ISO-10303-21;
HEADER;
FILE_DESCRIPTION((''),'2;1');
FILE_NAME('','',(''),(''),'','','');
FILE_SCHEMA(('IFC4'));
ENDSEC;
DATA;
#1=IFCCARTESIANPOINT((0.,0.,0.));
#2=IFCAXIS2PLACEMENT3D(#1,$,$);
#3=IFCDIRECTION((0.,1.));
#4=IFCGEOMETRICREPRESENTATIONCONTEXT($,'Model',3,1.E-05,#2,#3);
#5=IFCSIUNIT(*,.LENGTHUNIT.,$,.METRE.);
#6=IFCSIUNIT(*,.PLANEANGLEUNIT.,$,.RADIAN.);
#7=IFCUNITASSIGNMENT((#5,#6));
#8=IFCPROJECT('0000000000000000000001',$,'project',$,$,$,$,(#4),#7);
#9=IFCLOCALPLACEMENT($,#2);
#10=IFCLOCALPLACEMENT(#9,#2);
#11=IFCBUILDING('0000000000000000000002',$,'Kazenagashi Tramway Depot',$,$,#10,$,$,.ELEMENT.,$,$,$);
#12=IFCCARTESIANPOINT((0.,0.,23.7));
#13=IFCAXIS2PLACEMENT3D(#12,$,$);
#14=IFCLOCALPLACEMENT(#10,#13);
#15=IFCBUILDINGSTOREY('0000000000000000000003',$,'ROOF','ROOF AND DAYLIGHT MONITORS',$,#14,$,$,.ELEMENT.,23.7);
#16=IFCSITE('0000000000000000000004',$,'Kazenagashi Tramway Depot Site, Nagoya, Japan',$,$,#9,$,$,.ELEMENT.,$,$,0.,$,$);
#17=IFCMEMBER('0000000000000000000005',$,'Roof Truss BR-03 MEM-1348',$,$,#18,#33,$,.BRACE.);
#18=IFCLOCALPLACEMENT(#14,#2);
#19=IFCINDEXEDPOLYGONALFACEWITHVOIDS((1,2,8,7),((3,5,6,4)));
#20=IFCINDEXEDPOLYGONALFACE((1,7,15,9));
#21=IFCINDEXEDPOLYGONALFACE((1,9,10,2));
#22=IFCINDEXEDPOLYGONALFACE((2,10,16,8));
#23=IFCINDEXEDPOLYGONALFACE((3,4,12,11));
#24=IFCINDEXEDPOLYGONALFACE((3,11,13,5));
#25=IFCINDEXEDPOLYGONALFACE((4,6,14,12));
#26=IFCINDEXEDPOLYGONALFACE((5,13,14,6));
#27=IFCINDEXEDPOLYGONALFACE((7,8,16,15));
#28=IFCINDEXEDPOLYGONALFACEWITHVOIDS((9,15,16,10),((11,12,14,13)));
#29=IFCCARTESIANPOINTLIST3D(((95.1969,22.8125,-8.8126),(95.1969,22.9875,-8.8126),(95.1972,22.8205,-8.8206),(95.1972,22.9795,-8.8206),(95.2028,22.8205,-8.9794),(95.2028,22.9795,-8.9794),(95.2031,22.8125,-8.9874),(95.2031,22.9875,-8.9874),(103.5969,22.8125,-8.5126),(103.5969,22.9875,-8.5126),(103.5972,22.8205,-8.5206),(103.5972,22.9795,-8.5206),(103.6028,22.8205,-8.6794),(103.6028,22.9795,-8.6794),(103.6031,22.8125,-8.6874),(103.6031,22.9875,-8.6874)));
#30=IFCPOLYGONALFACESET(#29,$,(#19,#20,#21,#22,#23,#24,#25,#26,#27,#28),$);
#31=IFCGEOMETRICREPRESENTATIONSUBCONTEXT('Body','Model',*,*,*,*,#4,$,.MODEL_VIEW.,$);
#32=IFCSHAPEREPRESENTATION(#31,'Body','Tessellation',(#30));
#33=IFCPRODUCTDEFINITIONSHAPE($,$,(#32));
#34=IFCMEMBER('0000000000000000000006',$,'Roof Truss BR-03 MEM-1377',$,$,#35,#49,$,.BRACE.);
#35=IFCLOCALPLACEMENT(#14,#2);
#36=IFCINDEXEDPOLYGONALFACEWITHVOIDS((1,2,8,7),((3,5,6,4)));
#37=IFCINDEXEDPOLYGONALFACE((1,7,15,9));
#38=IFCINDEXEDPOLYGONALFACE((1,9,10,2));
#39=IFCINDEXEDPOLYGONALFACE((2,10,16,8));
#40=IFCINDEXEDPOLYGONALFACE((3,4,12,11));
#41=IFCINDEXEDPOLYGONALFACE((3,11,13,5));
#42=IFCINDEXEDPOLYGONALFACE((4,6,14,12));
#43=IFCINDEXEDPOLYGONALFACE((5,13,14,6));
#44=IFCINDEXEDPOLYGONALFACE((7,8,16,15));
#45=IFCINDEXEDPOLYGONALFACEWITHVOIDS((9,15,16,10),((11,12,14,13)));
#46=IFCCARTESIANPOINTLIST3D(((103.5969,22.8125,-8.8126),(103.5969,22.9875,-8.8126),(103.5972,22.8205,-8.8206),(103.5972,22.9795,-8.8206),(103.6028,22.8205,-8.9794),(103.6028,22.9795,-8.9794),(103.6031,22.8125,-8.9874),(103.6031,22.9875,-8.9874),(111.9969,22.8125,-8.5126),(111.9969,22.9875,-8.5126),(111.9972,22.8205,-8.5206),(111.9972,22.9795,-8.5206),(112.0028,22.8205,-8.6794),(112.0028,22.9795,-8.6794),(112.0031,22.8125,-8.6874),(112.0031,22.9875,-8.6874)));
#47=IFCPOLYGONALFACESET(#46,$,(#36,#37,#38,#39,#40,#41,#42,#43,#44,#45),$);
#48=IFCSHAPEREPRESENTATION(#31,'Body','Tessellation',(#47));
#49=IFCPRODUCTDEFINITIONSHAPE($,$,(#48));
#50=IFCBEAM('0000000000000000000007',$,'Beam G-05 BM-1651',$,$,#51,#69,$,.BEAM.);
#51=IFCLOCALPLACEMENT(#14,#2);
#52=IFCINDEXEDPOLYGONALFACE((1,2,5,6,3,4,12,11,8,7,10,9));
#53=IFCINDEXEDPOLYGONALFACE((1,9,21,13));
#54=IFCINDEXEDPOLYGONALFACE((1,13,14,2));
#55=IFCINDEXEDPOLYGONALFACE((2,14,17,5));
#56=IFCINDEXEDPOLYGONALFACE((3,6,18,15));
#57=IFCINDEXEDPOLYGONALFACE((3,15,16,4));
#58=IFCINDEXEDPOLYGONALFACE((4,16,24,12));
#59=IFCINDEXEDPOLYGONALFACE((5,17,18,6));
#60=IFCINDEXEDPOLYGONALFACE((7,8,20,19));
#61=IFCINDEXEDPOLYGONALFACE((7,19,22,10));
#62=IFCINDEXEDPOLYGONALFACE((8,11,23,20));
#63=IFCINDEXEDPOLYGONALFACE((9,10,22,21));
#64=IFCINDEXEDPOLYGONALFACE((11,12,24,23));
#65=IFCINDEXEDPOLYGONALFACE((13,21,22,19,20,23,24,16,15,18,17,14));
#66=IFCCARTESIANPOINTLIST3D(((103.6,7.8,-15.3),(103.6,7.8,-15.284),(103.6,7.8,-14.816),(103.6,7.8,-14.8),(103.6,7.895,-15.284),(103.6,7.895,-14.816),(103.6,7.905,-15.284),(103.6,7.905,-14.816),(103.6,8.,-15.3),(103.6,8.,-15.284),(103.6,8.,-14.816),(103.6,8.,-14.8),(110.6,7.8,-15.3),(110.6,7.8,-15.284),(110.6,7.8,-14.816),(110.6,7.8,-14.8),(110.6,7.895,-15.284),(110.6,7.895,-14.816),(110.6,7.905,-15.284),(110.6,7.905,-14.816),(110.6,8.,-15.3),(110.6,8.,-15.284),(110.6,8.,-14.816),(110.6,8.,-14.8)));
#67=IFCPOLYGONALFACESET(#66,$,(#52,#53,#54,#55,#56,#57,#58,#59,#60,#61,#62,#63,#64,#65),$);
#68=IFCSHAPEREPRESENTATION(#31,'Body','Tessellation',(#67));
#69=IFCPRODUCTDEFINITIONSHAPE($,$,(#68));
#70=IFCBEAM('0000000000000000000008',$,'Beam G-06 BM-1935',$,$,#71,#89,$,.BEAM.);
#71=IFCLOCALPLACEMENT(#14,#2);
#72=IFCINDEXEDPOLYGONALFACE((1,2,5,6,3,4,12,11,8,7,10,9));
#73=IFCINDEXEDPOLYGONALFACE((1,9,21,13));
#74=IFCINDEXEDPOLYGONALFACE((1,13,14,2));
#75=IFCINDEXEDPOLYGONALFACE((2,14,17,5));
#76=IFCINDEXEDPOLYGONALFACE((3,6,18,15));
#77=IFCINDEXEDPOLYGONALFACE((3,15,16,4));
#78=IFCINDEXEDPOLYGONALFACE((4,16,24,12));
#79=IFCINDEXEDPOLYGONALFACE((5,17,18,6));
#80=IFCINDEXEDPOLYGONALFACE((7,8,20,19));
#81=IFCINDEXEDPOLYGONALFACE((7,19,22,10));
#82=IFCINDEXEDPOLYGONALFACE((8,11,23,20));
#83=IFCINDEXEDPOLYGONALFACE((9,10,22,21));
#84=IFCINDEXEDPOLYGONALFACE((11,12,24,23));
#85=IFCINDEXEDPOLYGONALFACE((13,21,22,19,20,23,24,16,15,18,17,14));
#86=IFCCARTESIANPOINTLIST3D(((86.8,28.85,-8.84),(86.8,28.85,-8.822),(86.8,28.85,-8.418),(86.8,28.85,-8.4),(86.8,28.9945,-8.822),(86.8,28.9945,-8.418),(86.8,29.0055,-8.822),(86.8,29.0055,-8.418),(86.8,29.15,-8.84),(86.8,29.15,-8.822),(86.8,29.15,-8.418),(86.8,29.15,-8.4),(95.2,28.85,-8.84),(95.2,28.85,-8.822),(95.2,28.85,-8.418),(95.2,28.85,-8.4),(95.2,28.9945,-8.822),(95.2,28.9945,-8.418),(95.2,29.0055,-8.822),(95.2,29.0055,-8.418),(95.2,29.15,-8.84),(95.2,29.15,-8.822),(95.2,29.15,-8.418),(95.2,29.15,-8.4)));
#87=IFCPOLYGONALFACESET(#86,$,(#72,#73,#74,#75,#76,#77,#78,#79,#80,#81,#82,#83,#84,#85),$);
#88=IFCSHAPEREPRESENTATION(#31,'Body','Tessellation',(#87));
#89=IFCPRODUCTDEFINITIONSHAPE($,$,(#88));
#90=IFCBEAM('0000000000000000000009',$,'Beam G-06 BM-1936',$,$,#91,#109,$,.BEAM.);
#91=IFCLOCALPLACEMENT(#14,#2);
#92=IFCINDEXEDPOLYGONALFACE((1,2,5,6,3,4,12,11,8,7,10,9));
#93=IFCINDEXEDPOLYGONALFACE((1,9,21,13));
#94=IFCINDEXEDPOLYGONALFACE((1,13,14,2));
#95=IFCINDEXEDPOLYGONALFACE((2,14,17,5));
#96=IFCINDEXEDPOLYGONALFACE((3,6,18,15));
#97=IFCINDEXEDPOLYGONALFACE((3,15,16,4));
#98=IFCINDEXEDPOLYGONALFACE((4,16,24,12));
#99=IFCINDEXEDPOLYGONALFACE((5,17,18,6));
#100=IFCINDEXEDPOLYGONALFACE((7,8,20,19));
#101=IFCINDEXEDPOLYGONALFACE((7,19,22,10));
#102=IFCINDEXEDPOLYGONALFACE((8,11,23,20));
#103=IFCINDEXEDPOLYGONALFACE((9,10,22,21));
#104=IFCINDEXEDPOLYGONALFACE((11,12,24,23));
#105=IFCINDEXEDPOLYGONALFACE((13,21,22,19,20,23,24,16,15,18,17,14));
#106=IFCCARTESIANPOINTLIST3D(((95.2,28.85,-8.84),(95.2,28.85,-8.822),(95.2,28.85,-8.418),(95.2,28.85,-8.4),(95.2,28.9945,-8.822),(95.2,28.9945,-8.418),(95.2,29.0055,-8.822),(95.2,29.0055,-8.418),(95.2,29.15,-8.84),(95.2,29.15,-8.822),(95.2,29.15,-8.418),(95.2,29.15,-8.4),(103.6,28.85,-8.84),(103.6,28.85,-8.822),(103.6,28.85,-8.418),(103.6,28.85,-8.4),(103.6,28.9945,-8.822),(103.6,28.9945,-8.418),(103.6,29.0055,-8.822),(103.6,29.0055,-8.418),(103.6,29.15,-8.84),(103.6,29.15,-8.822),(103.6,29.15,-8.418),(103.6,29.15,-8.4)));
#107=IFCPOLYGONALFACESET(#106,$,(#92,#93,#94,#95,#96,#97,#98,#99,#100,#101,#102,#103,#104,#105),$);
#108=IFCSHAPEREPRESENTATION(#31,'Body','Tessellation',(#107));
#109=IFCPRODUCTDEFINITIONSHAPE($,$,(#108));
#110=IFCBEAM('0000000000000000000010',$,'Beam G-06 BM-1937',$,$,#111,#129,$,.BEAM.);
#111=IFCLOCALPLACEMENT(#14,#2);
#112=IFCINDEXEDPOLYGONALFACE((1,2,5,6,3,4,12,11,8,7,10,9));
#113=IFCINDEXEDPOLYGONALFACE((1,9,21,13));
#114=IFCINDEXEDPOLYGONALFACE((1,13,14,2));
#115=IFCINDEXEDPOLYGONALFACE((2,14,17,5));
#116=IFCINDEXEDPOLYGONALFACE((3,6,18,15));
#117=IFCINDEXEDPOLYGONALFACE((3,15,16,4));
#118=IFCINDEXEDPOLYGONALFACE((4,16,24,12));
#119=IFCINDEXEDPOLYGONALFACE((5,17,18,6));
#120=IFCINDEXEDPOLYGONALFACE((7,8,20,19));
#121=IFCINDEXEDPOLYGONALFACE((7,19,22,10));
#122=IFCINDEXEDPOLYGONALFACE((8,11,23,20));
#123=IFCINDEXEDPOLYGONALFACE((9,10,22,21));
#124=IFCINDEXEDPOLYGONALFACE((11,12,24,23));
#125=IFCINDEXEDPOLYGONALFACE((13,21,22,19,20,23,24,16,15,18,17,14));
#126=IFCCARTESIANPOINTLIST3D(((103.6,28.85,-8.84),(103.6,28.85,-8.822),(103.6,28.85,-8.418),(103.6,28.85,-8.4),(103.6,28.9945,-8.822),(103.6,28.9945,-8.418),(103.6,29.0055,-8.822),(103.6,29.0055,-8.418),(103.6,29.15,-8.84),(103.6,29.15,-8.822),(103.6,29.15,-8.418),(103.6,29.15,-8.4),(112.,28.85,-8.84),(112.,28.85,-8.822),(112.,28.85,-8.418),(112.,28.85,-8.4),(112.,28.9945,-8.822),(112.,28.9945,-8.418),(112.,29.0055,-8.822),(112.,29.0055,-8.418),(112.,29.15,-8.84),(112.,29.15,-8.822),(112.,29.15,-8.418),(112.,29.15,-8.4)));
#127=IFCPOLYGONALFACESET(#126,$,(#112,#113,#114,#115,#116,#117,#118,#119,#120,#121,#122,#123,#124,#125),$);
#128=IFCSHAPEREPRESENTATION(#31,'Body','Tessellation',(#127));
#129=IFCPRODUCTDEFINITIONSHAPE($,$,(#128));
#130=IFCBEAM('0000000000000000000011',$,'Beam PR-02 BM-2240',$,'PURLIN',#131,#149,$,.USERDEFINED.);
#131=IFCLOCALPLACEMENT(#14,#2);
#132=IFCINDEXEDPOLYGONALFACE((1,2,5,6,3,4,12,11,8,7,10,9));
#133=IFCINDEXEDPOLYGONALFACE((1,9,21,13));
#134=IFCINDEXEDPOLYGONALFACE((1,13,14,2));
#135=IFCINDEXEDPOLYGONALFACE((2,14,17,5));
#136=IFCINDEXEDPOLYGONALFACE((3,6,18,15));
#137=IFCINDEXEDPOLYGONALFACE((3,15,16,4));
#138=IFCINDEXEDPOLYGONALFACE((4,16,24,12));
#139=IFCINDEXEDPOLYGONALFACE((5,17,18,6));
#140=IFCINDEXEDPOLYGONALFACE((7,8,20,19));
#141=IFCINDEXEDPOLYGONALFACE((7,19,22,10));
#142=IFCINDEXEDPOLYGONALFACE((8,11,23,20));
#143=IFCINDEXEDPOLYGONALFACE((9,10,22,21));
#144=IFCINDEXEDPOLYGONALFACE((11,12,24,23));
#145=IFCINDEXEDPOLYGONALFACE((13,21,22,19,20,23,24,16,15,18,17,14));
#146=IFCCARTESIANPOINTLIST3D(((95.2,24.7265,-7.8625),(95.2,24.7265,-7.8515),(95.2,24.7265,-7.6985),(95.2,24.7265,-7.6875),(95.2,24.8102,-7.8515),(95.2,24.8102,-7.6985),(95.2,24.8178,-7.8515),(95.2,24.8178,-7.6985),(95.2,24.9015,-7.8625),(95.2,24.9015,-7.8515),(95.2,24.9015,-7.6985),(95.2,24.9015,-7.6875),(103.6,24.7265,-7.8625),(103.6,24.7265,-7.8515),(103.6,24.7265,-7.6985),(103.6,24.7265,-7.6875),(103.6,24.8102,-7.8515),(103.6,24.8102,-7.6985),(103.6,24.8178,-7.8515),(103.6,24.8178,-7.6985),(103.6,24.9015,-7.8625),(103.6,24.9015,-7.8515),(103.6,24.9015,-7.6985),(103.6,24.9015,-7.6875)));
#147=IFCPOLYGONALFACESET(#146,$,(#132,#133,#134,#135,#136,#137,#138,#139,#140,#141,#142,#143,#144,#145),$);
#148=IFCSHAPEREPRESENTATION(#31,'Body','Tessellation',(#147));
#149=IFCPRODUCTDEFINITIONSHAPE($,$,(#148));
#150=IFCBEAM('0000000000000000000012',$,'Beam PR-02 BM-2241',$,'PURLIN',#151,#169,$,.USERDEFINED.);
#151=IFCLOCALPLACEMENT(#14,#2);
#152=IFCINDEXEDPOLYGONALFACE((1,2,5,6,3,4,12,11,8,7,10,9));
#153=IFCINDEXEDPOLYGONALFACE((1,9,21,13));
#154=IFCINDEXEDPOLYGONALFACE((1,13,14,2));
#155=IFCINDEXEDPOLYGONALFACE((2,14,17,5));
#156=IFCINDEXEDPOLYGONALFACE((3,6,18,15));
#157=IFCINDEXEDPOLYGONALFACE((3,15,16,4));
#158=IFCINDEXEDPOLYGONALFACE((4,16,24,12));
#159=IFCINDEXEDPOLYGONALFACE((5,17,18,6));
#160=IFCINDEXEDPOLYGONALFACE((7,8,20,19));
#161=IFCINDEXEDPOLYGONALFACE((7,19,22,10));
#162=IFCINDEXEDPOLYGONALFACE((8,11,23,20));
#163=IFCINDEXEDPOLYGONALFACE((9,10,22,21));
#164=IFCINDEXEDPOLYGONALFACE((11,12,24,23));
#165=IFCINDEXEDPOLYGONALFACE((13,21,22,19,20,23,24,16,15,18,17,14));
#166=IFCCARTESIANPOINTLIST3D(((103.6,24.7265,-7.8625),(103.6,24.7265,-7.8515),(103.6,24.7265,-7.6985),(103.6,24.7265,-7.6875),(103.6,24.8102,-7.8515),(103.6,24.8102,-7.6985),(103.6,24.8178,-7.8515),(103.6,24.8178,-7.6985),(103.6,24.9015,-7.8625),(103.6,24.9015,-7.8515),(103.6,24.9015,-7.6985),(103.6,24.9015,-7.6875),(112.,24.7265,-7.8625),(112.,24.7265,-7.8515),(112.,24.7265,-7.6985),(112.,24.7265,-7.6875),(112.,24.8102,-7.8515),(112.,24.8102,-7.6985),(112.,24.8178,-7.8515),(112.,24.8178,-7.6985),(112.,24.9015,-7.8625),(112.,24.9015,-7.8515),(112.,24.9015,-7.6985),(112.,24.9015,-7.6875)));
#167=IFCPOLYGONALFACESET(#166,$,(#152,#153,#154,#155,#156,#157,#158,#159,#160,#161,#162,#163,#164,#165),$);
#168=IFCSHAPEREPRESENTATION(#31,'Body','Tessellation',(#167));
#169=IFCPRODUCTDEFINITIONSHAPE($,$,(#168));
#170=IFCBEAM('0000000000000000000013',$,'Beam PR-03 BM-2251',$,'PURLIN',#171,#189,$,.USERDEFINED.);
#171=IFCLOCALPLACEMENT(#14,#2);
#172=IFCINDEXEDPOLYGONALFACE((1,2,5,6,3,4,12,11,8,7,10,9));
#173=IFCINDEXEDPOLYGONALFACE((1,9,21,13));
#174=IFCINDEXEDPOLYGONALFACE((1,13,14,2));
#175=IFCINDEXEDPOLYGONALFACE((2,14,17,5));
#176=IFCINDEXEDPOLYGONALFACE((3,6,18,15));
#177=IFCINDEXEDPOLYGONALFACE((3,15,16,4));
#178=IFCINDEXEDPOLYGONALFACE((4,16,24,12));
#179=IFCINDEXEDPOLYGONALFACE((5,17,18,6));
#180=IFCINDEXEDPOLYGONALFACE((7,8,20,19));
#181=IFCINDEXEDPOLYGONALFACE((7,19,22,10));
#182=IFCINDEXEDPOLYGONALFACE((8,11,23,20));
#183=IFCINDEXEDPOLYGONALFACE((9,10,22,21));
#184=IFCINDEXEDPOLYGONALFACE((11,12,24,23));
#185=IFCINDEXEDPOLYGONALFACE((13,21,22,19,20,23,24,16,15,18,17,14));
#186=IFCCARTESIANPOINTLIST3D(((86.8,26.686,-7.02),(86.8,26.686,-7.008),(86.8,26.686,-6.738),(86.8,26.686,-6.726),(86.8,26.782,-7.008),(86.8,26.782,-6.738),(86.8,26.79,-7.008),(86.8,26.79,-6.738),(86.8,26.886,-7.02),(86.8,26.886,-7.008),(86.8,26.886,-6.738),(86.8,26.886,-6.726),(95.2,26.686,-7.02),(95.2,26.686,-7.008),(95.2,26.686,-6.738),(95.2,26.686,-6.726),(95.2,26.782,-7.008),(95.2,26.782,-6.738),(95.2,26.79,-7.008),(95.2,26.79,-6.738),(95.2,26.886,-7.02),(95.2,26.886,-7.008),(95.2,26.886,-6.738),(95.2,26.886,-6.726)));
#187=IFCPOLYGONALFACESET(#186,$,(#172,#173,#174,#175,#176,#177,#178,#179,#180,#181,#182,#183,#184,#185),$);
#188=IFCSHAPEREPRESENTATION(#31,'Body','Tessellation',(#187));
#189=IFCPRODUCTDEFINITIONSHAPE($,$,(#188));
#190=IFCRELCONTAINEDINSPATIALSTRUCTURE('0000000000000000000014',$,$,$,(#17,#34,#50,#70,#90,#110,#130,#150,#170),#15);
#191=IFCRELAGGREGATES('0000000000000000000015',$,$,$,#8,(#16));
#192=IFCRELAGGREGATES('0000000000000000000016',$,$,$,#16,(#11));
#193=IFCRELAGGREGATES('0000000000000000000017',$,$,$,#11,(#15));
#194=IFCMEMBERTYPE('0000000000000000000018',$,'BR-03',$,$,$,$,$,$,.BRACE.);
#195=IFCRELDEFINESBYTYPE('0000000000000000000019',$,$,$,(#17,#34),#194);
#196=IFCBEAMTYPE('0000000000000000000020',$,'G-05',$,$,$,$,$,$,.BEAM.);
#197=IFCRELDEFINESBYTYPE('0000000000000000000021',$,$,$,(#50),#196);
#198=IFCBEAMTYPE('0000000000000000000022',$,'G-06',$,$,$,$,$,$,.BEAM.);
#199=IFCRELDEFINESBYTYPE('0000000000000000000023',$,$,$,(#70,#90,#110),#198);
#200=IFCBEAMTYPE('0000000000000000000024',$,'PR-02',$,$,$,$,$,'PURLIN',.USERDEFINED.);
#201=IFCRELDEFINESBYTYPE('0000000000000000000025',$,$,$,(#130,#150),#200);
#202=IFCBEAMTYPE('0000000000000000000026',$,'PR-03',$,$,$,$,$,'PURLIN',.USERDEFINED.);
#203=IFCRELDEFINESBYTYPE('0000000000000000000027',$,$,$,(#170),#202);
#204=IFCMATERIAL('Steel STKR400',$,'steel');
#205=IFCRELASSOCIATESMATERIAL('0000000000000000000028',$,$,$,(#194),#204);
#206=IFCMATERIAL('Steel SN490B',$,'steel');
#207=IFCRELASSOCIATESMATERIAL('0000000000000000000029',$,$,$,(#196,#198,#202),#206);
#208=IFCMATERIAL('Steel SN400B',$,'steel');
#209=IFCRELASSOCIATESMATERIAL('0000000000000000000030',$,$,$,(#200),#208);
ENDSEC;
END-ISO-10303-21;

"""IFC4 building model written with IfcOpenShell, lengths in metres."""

from ifc_helpers import new_model, si_unit, direction, frame, origin, origin_2d, place, context, subcontext, project, spatial, hollow_rectangle, i_section, extrude, material, material_profile, profile_set, type_object, element, save


model = new_model("IFC4")

# Units and contexts
model_context = context("Model", 3, precision=1e-05, world=origin(), true_north=direction((0.0, 1.0)))
body_context = subcontext(model_context, "Body", "Model", "MODEL_VIEW")
ifc_project = project(units=[si_unit("LENGTHUNIT", "METRE"), si_unit("PLANEANGLEUNIT", "RADIAN")], contexts=[model_context])

# Site, building, storey
site_placement = place(None, origin())
site = spatial("IfcSite", under=ifc_project, at=site_placement, Name="Kazenagashi Tramway Depot Site, Nagoya, Japan", CompositionType="ELEMENT", RefElevation=0.0)
building_placement = place(site_placement, origin())
building = spatial("IfcBuilding", under=site, at=building_placement, Name="Kazenagashi Tramway Depot", CompositionType="ELEMENT")
storey_placement = place(building_placement, frame((0.0, 0.0, 23.7)))
storey = spatial("IfcBuildingStorey", under=building, at=storey_placement, Name="ROOF", Description="ROOF AND DAYLIGHT MONITORS", CompositionType="ELEMENT", Elevation=23.7)

# Members
ifc_material_1 = material(Name="Steel STKR400", Category="steel")
ifc_material_profile_1 = material_profile(ifc_material_1, hollow_rectangle(XDim=0.175, YDim=0.175, WallThickness=0.008, at=origin_2d()), Name="SHS-175x175x8")
ifc_profile_set_1 = profile_set([ifc_material_profile_1], Name="Steel STKR400")
member_type_1 = type_object("IfcMemberType", Name="BR-03", PredefinedType="BRACE", material=ifc_profile_set_1)
for number, where, z_axis, x_axis, name in (
    (1, (95.2, 22.9, -8.9), (0.999363, 0.0, 0.035692), (0.0, 1.0, 0.0), "Roof Truss BR-03 MEM-1348"),
    (2, (103.6, 22.9, -8.9), (0.999363, 0.0, 0.035692), (0.0, 1.0, 0.0), "Roof Truss BR-03 MEM-1377"),
):
    element("IfcMember", number, at=place(storey_placement, frame(where, z_axis=z_axis, x_axis=x_axis)), inside=storey, type_object=member_type_1, Name=name, PredefinedType="BRACE", context=body_context, shape_type="SweptSolid", body=[
        extrude(hollow_rectangle(XDim=0.175, YDim=0.175, WallThickness=0.008, at=origin_2d()), origin(), (0.0, 0.0, 1.0), 8.4054),
    ])

# Beams
ifc_material_2 = material(Name="Steel SN490B", Category="steel")
ifc_material_profile_2 = material_profile(ifc_material_2, i_section(OverallWidth=0.2, OverallDepth=0.5, WebThickness=0.01, FlangeThickness=0.016, at=origin_2d()), Name="H-500x200x10x16")
ifc_profile_set_2 = profile_set([ifc_material_profile_2], Name="Steel SN490B")
beam_type_1 = type_object("IfcBeamType", Name="G-05", PredefinedType="BEAM", material=ifc_profile_set_2)
beam_placement = place(storey_placement, frame((103.6, 7.9, -15.05), z_axis=(1.0, 0.0, 0.0), x_axis=(0.0, 1.0, 0.0)))
element("IfcBeam", 3, at=beam_placement, inside=storey, type_object=beam_type_1, Name="Beam G-05 BM-1651", PredefinedType="BEAM", context=body_context, shape_type="SweptSolid", body=[
    extrude(i_section(OverallWidth=0.2, OverallDepth=0.5, WebThickness=0.01, FlangeThickness=0.016, at=origin_2d()), origin(), (0.0, 0.0, 1.0), 7.0),
])
ifc_material_profile_3 = material_profile(ifc_material_2, i_section(OverallWidth=0.3, OverallDepth=0.44, WebThickness=0.011, FlangeThickness=0.018, at=origin_2d()), Name="H-440x300x11x18")
ifc_profile_set_3 = profile_set([ifc_material_profile_3], Name="Steel SN490B")
beam_type_2 = type_object("IfcBeamType", Name="G-06", PredefinedType="BEAM", material=ifc_profile_set_3)
for number, where, z_axis, x_axis, name in (
    (4, (86.8, 29.0, -8.62), (1.0, 0.0, 0.0), (0.0, 1.0, 0.0), "Beam G-06 BM-1935"),
    (5, (95.2, 29.0, -8.62), (1.0, 0.0, 0.0), (0.0, 1.0, 0.0), "Beam G-06 BM-1936"),
    (6, (103.6, 29.0, -8.62), (1.0, 0.0, 0.0), (0.0, 1.0, 0.0), "Beam G-06 BM-1937"),
):
    element("IfcBeam", number, at=place(storey_placement, frame(where, z_axis=z_axis, x_axis=x_axis)), inside=storey, type_object=beam_type_2, Name=name, PredefinedType="BEAM", context=body_context, shape_type="SweptSolid", body=[
        extrude(i_section(OverallWidth=0.3, OverallDepth=0.44, WebThickness=0.011, FlangeThickness=0.018, at=origin_2d()), origin(), (0.0, 0.0, 1.0), 8.4),
    ])
ifc_material_3 = material(Name="Steel SN400B", Category="steel")
ifc_material_profile_4 = material_profile(ifc_material_3, i_section(OverallWidth=0.175, OverallDepth=0.175, WebThickness=0.0075, FlangeThickness=0.011, at=origin_2d()), Name="H-175x175x7.5x11")
ifc_profile_set_4 = profile_set([ifc_material_profile_4], Name="Steel SN400B")
beam_type_3 = type_object("IfcBeamType", Name="PR-02", ElementType="PURLIN", PredefinedType="USERDEFINED", material=ifc_profile_set_4)
for number, where, z_axis, x_axis, name in (
    (7, (95.2, 24.814, -7.775), (1.0, 0.0, 0.0), (0.0, 1.0, 0.0), "Beam PR-02 BM-2240"),
    (8, (103.6, 24.814, -7.775), (1.0, 0.0, 0.0), (0.0, 1.0, 0.0), "Beam PR-02 BM-2241"),
):
    element("IfcBeam", number, at=place(storey_placement, frame(where, z_axis=z_axis, x_axis=x_axis)), inside=storey, type_object=beam_type_3, Name=name, ObjectType="PURLIN", PredefinedType="USERDEFINED", context=body_context, shape_type="SweptSolid", body=[
        extrude(i_section(OverallWidth=0.175, OverallDepth=0.175, WebThickness=0.0075, FlangeThickness=0.011, at=origin_2d()), origin(), (0.0, 0.0, 1.0), 8.4),
    ])
ifc_material_profile_5 = material_profile(ifc_material_2, i_section(OverallWidth=0.2, OverallDepth=0.294, WebThickness=0.008, FlangeThickness=0.012, at=origin_2d()), Name="H-294x200x8x12")
ifc_profile_set_5 = profile_set([ifc_material_profile_5], Name="Steel SN490B")
beam_type_4 = type_object("IfcBeamType", Name="PR-03", ElementType="PURLIN", PredefinedType="USERDEFINED", material=ifc_profile_set_5)
for number, where, z_axis, x_axis, name in (
    (9, (86.8, 26.786, -6.873), (1.0, 0.0, 0.0), (0.0, 1.0, 0.0), "Beam PR-03 BM-2251"),
):
    element("IfcBeam", number, at=place(storey_placement, frame(where, z_axis=z_axis, x_axis=x_axis)), inside=storey, type_object=beam_type_4, Name=name, ObjectType="PURLIN", PredefinedType="USERDEFINED", context=body_context, shape_type="SweptSolid", body=[
        extrude(i_section(OverallWidth=0.2, OverallDepth=0.294, WebThickness=0.008, FlangeThickness=0.012, at=origin_2d()), origin(), (0.0, 0.0, 1.0), 8.4),
    ])

save(model, "model.ifc")
